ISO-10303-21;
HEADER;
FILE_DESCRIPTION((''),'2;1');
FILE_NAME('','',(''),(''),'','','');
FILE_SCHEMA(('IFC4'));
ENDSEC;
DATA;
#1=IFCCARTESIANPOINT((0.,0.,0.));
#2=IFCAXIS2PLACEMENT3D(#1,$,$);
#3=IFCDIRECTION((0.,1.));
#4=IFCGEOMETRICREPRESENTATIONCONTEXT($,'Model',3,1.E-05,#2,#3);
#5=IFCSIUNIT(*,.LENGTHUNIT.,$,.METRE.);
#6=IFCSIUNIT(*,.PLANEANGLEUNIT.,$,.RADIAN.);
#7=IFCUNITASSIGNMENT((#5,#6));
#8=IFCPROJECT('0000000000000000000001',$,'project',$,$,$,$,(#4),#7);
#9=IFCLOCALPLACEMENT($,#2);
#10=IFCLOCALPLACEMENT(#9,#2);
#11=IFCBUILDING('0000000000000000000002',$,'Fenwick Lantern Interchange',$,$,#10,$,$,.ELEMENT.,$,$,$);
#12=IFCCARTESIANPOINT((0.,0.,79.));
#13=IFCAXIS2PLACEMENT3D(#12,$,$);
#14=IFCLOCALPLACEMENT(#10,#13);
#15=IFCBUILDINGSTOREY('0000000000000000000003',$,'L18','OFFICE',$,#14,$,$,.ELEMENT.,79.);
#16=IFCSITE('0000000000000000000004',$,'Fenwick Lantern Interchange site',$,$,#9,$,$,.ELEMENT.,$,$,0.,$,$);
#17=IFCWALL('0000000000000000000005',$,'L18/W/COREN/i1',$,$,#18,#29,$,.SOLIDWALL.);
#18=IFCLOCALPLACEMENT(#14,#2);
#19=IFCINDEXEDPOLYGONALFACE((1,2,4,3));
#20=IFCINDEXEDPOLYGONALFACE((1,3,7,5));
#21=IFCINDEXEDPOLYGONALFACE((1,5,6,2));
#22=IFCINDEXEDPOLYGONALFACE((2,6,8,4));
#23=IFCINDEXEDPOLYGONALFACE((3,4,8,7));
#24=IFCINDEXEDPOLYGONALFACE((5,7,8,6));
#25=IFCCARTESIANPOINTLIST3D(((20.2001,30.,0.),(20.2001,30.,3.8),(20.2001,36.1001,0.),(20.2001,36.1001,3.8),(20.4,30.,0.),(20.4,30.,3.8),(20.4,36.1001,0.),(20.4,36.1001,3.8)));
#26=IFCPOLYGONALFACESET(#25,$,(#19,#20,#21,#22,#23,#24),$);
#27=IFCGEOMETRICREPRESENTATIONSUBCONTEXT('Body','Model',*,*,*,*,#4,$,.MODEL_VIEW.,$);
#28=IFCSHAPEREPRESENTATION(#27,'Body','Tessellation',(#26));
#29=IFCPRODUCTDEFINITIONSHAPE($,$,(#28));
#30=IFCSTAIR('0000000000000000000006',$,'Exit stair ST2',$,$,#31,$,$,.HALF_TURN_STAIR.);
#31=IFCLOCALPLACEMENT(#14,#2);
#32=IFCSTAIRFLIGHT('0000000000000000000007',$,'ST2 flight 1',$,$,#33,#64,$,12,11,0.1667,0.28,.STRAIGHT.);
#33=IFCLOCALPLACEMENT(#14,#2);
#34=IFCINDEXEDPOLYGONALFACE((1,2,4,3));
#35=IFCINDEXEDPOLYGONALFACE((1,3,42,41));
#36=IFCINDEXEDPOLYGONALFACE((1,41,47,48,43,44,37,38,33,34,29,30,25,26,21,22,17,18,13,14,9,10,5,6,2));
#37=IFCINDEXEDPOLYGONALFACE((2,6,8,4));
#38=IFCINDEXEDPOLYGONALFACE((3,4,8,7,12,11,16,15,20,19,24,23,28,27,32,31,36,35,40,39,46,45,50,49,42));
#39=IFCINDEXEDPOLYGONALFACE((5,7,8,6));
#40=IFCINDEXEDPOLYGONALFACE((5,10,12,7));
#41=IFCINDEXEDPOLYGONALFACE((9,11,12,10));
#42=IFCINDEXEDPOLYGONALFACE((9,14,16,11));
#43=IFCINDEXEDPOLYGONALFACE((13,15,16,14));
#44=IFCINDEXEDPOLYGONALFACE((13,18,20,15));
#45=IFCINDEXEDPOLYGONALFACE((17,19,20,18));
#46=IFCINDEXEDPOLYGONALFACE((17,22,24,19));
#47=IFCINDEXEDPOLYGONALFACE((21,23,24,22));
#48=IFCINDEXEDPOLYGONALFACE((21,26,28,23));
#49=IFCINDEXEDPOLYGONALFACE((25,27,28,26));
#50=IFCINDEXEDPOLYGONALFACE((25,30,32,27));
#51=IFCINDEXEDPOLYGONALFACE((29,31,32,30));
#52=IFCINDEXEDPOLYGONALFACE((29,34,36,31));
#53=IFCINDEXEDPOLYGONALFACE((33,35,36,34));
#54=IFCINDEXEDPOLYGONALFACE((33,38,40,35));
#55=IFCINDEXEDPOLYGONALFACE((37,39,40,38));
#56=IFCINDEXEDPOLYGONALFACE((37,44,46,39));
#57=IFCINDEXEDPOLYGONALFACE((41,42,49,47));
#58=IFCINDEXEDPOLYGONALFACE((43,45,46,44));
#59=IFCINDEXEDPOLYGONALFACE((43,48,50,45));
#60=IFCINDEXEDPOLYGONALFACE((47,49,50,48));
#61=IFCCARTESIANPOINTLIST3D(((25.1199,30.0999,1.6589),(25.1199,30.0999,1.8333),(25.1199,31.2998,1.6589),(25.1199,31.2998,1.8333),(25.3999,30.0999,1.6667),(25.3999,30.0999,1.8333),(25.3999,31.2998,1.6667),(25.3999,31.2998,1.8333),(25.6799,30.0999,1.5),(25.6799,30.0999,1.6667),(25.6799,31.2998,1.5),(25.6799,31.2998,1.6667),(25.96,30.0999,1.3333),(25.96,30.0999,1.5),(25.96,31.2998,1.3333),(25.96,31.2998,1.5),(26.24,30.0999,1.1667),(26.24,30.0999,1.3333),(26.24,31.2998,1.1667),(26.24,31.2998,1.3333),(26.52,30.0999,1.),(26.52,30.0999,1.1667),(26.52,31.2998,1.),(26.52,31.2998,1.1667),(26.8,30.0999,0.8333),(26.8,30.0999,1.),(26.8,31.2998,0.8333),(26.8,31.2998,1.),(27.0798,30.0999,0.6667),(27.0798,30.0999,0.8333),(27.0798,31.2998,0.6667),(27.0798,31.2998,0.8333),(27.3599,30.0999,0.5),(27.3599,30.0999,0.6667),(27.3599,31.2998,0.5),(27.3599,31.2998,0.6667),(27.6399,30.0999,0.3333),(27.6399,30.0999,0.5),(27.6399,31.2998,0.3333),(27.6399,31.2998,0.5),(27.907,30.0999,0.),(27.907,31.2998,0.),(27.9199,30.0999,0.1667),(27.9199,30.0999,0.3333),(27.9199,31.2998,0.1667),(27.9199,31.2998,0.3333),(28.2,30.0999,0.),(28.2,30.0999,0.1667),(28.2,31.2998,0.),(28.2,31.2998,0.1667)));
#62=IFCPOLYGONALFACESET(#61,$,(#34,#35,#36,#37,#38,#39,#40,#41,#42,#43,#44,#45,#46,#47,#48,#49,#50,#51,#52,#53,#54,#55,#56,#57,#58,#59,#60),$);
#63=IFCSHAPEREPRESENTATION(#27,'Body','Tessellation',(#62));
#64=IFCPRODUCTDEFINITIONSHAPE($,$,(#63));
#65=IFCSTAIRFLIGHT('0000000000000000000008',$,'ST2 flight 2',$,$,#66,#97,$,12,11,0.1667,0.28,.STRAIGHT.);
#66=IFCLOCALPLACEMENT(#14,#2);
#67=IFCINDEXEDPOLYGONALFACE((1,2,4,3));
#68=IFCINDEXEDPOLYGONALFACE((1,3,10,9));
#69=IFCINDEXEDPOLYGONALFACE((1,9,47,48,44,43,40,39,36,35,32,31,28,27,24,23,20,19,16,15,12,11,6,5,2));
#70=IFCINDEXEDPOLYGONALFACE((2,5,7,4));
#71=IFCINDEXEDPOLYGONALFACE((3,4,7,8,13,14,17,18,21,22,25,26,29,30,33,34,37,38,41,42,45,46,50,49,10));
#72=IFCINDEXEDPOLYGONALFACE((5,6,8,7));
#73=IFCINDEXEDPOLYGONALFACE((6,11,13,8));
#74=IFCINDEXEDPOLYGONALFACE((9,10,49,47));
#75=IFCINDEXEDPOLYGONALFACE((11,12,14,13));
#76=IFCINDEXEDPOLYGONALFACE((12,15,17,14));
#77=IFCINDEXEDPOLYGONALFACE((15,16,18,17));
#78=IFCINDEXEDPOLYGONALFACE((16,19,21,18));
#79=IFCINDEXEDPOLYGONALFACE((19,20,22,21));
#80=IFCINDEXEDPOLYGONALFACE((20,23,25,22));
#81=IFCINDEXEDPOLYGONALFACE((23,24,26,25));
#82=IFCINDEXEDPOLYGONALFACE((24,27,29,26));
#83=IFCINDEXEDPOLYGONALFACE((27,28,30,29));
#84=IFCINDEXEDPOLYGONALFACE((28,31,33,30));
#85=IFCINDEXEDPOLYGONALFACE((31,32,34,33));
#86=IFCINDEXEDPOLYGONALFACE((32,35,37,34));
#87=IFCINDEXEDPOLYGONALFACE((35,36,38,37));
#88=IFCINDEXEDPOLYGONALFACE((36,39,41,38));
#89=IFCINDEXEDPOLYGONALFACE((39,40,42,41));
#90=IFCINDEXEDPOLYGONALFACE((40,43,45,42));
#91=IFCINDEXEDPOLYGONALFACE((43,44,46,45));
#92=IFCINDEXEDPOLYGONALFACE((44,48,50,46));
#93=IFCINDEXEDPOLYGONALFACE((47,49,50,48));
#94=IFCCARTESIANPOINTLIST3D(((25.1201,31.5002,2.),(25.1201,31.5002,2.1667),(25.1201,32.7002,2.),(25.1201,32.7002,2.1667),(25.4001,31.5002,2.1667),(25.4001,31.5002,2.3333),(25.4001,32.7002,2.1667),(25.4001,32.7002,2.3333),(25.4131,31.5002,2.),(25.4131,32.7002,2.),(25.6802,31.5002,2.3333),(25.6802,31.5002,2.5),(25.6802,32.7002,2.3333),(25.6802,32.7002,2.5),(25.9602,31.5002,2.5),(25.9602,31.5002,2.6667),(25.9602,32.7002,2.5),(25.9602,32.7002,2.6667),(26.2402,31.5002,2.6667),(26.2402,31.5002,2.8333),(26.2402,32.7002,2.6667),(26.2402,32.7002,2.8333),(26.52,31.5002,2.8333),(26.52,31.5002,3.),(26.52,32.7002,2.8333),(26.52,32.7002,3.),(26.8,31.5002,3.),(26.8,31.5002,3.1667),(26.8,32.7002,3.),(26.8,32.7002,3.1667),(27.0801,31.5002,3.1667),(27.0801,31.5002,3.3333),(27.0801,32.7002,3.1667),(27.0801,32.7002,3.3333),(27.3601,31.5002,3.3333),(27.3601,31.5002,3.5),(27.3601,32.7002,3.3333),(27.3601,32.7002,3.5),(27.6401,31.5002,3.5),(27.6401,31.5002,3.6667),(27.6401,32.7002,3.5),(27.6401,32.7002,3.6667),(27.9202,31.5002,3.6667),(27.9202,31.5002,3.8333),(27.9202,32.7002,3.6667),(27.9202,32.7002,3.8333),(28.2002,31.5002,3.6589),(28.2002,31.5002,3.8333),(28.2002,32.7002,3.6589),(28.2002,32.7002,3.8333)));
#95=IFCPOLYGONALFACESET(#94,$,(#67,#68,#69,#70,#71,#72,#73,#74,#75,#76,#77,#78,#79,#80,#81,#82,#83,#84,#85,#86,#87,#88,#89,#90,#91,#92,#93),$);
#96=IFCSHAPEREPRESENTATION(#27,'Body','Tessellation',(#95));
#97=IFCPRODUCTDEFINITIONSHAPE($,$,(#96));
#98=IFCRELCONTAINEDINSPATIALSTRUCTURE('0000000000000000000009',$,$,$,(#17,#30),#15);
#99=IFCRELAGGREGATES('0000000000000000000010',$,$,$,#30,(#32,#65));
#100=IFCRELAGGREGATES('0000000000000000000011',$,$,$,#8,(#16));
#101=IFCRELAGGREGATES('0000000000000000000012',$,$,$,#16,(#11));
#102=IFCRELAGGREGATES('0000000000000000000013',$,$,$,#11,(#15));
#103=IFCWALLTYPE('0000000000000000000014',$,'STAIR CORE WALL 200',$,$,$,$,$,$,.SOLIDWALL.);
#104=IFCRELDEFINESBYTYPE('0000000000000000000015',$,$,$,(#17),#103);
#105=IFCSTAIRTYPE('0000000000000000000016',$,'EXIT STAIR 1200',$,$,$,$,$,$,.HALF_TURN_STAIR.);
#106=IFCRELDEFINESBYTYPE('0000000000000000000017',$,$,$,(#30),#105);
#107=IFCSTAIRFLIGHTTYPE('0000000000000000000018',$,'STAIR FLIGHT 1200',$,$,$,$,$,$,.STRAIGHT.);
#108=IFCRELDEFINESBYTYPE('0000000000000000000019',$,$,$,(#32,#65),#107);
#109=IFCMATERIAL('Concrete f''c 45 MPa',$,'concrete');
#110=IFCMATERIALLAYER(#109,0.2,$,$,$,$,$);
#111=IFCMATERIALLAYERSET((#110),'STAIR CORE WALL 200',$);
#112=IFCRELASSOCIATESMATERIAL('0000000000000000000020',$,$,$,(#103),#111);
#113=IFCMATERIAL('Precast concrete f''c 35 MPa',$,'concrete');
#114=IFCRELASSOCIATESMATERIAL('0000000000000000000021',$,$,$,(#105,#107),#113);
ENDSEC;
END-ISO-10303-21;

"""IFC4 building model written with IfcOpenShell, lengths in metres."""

from ifc_helpers import new_model, si_unit, direction, frame, frame_2d, origin, place, context, subcontext, project, spatial, polyline, rectangle, outline, extrude, material, layer, layer_set, type_object, element, aggregate, save


model = new_model("IFC4")

# Units and contexts
model_context = context("Model", 3, precision=1e-05, world=origin(), true_north=direction((0.0, 1.0)))
body_context = subcontext(model_context, "Body", "Model", "MODEL_VIEW")
ifc_project = project(units=[si_unit("LENGTHUNIT", "METRE"), si_unit("PLANEANGLEUNIT", "RADIAN")], contexts=[model_context])

# Site, building, storey
site_placement = place(None, origin())
site = spatial("IfcSite", under=ifc_project, at=site_placement, Name="Fenwick Lantern Interchange site", CompositionType="ELEMENT", RefElevation=0.0)
building_placement = place(site_placement, origin())
building = spatial("IfcBuilding", under=site, at=building_placement, Name="Fenwick Lantern Interchange", CompositionType="ELEMENT")
storey_placement = place(building_placement, frame((0.0, 0.0, 79.0)))
storey = spatial("IfcBuildingStorey", under=building, at=storey_placement, Name="L18", Description="OFFICE", CompositionType="ELEMENT", Elevation=79.0)

# Shared definitions
ifc_material_1 = material(Name="Concrete f'c 45 MPa", Category="concrete")
ifc_layer_1 = layer(ifc_material_1, 0.2)
ifc_layer_set_1 = layer_set([ifc_layer_1], Name="STAIR CORE WALL 200")
wall_type_1 = type_object("IfcWallType", Name="STAIR CORE WALL 200", PredefinedType="SOLIDWALL", material=ifc_layer_set_1)

# Wall
wall_1_placement = place(storey_placement, frame((20.3, 36.1001, 0.0), z_axis=(0.0, 0.0, 1.0), x_axis=(0.0, -1.0, 0.0)))
element("IfcWall", 1, at=wall_1_placement, inside=storey, type_object=wall_type_1, Name="L18/W/COREN/i1", PredefinedType="SOLIDWALL", context=body_context, shape_type="SweptSolid", body=[
    extrude(rectangle(XDim=6.1001, YDim=0.2, at=frame_2d((3.05, 0.0))), origin(), (0.0, 0.0, 1.0), 3.8),
])

# Stair, stair flights
ifc_material_2 = material(Name="Precast concrete f'c 35 MPa", Category="concrete")
stair_type = type_object("IfcStairType", Name="EXIT STAIR 1200", PredefinedType="HALF_TURN_STAIR", material=ifc_material_2)
stair_placement = place(storey_placement, origin())
stair = element("IfcStair", 2, at=stair_placement, inside=storey, type_object=stair_type, Name="Exit stair ST2", PredefinedType="HALF_TURN_STAIR")
stair_flight_type = type_object("IfcStairFlightType", Name="STAIR FLIGHT 1200", PredefinedType="STRAIGHT", material=ifc_material_2)
stair_flight_1_placement = place(storey_placement, frame((28.2, 30.7, 0.0), z_axis=(0.0, 0.0, 1.0), x_axis=(-1.0, 0.0, 0.0)))
stair_flight_1 = element("IfcStairFlight", 3, at=stair_flight_1_placement, type_object=stair_flight_type, Name="ST2 flight 1", NumberOfRisers=12, NumberOfTreads=11, PredefinedType="STRAIGHT", RiserHeight=0.1667, TreadLength=0.28, context=body_context, shape_type="SweptSolid", body=[
    extrude(outline(polyline([(0.0, 0.0), (0.0, 0.1667), (0.28, 0.1667), (0.28, 0.3333), (0.5601, 0.3333), (0.5601, 0.5), (0.8401, 0.5), (0.8401, 0.6667), (1.1201, 0.6667), (1.1201, 0.8333), (1.3999, 0.8333), (1.3999, 1.0), (1.6799, 1.0), (1.6799, 1.1667), (1.96, 1.1667), (1.96, 1.3333), (2.24, 1.3333), (2.24, 1.5), (2.52, 1.5), (2.52, 1.6667), (2.8, 1.6667), (2.8, 1.8333), (3.0801, 1.8333), (3.0801, 2.0), (3.0801, 1.6589), (0.293, 0.0), (0.0, 0.0)])), frame((0.0, 0.6001, 0.0), z_axis=(0.0, -1.0, 0.0), x_axis=(1.0, 0.0, 0.0)), (0.0, 0.0, 1.0), 1.2),
])
stair_flight_2_placement = place(storey_placement, frame((25.1201, 32.1001, 2.0), z_axis=(0.0, 0.0, 1.0), x_axis=(1.0, 0.0, 0.0)))
stair_flight_2 = element("IfcStairFlight", 4, at=stair_flight_2_placement, type_object=stair_flight_type, Name="ST2 flight 2", NumberOfRisers=12, NumberOfTreads=11, PredefinedType="STRAIGHT", RiserHeight=0.1667, TreadLength=0.28, context=body_context, shape_type="SweptSolid", body=[
    extrude(outline(polyline([(0.0, 0.0), (0.0, 0.1667), (0.28, 0.1667), (0.28, 0.3333), (0.5601, 0.3333), (0.5601, 0.5), (0.8401, 0.5), (0.8401, 0.6667), (1.1201, 0.6667), (1.1201, 0.8333), (1.3999, 0.8333), (1.3999, 1.0), (1.6799, 1.0), (1.6799, 1.1667), (1.96, 1.1667), (1.96, 1.3333), (2.24, 1.3333), (2.24, 1.5), (2.52, 1.5), (2.52, 1.6667), (2.8, 1.6667), (2.8, 1.8333), (3.0801, 1.8333), (3.0801, 2.0), (3.0801, 1.6589), (0.293, 0.0), (0.0, 0.0)])), frame((0.0, 0.6001, 0.0), z_axis=(0.0, -1.0, 0.0), x_axis=(1.0, 0.0, 0.0)), (0.0, 0.0, 1.0), 1.2),
])
aggregate(stair, [stair_flight_1, stair_flight_2])

save(model, "model.ifc")
